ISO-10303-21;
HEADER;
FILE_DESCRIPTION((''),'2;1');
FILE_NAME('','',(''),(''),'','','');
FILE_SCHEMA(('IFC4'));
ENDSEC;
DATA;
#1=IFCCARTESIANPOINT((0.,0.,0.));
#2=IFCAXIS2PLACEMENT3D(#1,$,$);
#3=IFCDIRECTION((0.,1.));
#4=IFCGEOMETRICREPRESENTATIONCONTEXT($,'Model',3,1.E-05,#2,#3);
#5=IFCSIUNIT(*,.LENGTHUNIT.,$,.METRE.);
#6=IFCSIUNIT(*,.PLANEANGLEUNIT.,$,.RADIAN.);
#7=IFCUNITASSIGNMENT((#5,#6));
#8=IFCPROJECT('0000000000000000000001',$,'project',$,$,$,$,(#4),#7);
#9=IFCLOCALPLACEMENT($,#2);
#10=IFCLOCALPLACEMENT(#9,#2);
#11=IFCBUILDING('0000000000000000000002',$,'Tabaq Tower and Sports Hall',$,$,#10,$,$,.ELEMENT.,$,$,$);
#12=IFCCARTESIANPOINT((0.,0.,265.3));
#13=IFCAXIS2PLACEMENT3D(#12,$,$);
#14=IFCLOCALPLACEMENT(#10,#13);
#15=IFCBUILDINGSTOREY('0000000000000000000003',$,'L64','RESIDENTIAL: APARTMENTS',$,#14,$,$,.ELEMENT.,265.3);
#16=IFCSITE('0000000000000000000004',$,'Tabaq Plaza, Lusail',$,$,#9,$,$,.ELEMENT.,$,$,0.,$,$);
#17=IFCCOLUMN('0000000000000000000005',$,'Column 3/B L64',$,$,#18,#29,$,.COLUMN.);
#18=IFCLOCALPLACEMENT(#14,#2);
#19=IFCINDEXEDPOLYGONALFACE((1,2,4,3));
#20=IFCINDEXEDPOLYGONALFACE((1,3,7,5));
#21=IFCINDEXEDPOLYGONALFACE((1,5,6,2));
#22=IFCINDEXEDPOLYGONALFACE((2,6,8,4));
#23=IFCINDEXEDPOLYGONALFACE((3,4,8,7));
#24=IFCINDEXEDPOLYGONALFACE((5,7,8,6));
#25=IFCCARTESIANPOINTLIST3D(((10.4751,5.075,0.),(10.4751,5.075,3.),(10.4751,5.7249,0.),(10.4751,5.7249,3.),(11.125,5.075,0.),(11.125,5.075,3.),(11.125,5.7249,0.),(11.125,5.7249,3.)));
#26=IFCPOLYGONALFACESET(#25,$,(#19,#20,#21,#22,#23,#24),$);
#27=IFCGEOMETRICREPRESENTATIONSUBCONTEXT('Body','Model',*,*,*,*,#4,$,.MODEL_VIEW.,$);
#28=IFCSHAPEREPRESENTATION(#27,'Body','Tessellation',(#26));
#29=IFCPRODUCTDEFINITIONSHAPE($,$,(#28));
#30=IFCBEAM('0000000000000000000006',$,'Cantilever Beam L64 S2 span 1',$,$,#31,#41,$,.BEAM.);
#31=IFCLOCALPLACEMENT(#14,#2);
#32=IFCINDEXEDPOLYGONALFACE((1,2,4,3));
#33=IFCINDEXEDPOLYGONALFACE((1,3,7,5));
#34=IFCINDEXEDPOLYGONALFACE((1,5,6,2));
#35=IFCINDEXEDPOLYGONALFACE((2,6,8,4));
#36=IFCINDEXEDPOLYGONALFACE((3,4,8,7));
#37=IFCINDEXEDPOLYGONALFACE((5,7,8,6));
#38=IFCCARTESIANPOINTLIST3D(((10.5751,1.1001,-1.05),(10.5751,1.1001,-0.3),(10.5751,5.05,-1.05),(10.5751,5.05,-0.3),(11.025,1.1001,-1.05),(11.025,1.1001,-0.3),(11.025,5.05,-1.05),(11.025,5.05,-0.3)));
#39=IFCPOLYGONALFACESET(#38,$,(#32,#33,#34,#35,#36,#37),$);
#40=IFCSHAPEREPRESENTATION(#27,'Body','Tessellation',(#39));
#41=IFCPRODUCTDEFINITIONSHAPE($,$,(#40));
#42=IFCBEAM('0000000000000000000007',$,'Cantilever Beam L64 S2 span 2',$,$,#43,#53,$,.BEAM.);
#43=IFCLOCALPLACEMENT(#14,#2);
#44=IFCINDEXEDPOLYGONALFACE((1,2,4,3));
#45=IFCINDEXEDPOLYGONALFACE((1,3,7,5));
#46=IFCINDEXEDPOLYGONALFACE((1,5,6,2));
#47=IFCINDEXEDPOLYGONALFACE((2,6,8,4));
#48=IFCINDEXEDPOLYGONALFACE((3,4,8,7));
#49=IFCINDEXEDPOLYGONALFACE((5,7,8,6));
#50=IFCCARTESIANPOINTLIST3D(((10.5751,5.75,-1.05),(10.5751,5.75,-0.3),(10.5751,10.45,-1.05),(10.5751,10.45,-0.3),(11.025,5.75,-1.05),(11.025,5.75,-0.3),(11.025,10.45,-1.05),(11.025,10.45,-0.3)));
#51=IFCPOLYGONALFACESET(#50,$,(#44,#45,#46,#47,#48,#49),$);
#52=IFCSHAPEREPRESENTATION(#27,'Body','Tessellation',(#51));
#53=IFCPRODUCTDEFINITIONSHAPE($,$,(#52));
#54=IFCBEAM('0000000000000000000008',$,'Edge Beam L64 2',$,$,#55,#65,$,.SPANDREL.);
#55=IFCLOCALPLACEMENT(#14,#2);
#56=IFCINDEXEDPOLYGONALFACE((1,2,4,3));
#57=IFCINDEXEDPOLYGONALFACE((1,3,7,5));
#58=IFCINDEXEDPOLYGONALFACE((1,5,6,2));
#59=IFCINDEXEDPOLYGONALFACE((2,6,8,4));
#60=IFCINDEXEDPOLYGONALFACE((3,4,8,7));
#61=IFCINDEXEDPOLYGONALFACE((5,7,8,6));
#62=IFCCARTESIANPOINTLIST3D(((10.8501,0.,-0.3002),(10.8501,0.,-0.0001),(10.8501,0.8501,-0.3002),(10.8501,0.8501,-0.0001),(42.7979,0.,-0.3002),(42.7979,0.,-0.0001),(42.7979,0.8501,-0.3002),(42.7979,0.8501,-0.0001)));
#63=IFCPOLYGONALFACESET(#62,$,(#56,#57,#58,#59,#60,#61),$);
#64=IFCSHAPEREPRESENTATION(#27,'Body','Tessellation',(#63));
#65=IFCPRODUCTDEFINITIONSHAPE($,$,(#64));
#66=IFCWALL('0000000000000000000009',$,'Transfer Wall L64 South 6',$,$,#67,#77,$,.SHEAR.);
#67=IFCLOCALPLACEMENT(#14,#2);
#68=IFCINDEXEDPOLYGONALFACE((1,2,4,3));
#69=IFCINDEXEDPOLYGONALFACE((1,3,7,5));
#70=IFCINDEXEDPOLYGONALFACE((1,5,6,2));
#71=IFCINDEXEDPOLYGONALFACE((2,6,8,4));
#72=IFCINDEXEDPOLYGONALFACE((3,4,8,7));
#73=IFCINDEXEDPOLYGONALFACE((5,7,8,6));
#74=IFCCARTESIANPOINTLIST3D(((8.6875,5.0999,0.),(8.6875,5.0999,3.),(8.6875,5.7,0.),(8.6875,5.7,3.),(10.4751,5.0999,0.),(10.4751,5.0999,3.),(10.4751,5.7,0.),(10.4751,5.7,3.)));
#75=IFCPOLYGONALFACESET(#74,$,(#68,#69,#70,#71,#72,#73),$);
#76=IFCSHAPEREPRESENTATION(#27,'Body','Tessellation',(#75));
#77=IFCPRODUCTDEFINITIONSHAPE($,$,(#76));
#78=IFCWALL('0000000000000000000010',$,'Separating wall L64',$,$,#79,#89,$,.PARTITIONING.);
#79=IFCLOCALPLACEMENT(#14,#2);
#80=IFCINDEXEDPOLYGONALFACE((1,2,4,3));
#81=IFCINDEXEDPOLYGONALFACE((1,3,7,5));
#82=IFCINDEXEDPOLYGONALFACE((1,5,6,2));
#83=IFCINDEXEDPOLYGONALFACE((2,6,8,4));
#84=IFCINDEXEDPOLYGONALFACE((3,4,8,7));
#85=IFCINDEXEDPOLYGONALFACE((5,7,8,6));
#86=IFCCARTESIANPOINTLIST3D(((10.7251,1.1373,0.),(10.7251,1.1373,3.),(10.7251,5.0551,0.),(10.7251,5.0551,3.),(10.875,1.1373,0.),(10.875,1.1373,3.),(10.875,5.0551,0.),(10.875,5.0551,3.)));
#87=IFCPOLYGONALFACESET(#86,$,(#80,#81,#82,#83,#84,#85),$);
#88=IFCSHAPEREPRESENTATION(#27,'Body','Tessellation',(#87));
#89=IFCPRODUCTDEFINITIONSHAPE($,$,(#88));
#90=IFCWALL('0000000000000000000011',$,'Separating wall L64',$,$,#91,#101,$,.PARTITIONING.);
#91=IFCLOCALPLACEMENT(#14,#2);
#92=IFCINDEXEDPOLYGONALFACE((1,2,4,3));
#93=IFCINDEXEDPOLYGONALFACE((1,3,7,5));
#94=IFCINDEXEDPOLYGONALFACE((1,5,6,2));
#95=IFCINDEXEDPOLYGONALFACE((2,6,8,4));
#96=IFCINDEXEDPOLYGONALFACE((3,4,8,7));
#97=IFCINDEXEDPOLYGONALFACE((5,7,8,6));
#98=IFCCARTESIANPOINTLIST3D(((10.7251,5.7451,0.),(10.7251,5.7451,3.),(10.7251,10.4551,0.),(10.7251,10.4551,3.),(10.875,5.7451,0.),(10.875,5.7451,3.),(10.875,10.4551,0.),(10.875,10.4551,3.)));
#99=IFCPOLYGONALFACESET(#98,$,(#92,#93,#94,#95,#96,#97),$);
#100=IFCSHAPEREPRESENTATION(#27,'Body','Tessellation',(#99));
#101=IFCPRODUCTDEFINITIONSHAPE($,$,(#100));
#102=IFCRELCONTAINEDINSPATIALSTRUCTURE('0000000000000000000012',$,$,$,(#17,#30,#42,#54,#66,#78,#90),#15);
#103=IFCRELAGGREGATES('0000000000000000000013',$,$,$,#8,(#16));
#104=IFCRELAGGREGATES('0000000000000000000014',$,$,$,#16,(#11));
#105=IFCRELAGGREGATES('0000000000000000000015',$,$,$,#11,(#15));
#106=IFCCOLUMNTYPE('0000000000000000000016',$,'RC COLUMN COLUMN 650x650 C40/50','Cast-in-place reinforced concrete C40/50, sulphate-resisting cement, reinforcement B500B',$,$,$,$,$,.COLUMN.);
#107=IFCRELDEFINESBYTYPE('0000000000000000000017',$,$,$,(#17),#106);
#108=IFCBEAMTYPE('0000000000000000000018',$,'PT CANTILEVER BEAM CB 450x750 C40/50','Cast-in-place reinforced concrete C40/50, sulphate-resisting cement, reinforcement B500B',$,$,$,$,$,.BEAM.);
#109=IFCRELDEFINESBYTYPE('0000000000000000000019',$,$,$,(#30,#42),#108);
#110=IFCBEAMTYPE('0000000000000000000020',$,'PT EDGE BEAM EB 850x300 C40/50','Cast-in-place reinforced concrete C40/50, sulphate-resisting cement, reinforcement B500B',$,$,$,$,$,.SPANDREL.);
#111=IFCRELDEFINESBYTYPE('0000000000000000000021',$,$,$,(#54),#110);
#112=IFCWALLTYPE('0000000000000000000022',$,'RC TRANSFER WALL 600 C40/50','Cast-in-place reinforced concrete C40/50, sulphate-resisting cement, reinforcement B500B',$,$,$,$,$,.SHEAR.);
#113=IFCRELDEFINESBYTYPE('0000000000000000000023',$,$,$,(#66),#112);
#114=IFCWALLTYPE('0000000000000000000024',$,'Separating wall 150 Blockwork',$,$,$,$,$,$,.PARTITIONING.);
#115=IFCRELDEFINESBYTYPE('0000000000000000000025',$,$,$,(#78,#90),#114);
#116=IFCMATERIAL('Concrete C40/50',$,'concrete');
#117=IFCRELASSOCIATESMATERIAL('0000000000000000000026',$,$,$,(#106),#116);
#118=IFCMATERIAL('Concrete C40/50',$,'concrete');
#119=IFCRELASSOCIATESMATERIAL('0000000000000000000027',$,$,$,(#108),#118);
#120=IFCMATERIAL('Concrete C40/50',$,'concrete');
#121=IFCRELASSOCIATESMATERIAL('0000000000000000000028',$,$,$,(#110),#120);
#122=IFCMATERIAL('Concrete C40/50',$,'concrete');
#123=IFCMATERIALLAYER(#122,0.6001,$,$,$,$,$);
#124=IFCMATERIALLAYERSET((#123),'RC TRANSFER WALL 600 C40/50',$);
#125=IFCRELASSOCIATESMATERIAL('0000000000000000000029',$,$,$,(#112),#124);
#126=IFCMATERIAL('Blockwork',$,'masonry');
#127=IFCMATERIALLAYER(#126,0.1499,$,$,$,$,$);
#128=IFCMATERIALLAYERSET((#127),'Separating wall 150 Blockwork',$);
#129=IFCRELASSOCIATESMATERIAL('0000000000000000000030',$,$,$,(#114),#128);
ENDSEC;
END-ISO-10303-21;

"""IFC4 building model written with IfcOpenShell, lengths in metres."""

from ifc_helpers import new_model, si_unit, direction, frame, frame_2d, origin, origin_2d, place, context, subcontext, project, spatial, rectangle, extrude, material, layer, layer_set, material_profile, profile_set, type_object, element, save


model = new_model("IFC4")

# Units and contexts
model_context = context("Model", 3, precision=1e-05, world=origin(), true_north=direction((0.0, 1.0)))
body_context = subcontext(model_context, "Body", "Model", "MODEL_VIEW")
ifc_project = project(units=[si_unit("LENGTHUNIT", "METRE"), si_unit("PLANEANGLEUNIT", "RADIAN")], contexts=[model_context])

# Site, building, storey
site_placement = place(None, origin())
site = spatial("IfcSite", under=ifc_project, at=site_placement, Name="Tabaq Plaza, Lusail", CompositionType="ELEMENT", RefElevation=0.0)
building_placement = place(site_placement, origin())
building = spatial("IfcBuilding", under=site, at=building_placement, Name="Tabaq Tower and Sports Hall", CompositionType="ELEMENT")
storey_placement = place(building_placement, frame((0.0, 0.0, 265.3)))
storey = spatial("IfcBuildingStorey", under=building, at=storey_placement, Name="L64", Description="RESIDENTIAL: APARTMENTS", CompositionType="ELEMENT", Elevation=265.3)

# Column
ifc_material_1 = material(Name="Concrete C40/50", Category="concrete")
ifc_material_profile_1 = material_profile(ifc_material_1, rectangle(XDim=0.6499, YDim=0.6499, at=origin_2d()), Name="COLUMN 650x650")
ifc_profile_set_1 = profile_set([ifc_material_profile_1], Name="Concrete C40/50")
column_type = type_object("IfcColumnType", Name="RC COLUMN COLUMN 650x650 C40/50", Description="Cast-in-place reinforced concrete C40/50, sulphate-resisting cement, reinforcement B500B", PredefinedType="COLUMN", material=ifc_profile_set_1)
column_placement = place(storey_placement, frame((10.8, 5.3999, 0.0), z_axis=(0.0, 0.0, 1.0), x_axis=(1.0, 0.0, 0.0)))
element("IfcColumn", 1, at=column_placement, inside=storey, type_object=column_type, Name="Column 3/B L64", PredefinedType="COLUMN", context=body_context, shape_type="SweptSolid", body=[
    extrude(rectangle(XDim=0.6499, YDim=0.6499, at=origin_2d()), origin(), (0.0, 0.0, 1.0), 3.0),
])

# Beams
ifc_material_2 = material(Name="Concrete C40/50", Category="concrete")
ifc_material_profile_2 = material_profile(ifc_material_2, rectangle(XDim=0.45, YDim=0.75, at=origin_2d()), Name="CB 450x750")
ifc_profile_set_2 = profile_set([ifc_material_profile_2], Name="Concrete C40/50")
beam_type_1 = type_object("IfcBeamType", Name="PT CANTILEVER BEAM CB 450x750 C40/50", Description="Cast-in-place reinforced concrete C40/50, sulphate-resisting cement, reinforcement B500B", PredefinedType="BEAM", material=ifc_profile_set_2)
beam_1_placement = place(storey_placement, frame((10.8, 1.1001, -0.675), z_axis=(0.0, 1.0, 0.0), x_axis=(-1.0, 0.0, 0.0)))
element("IfcBeam", 2, at=beam_1_placement, inside=storey, type_object=beam_type_1, Name="Cantilever Beam L64 S2 span 1", PredefinedType="BEAM", context=body_context, shape_type="SweptSolid", body=[
    extrude(rectangle(XDim=0.45, YDim=0.75, at=origin_2d()), origin(), (0.0, 0.0, 1.0), 3.95),
])
beam_2_placement = place(storey_placement, frame((10.8, 5.75, -0.675), z_axis=(0.0, 1.0, 0.0), x_axis=(-1.0, 0.0, 0.0)))
element("IfcBeam", 3, at=beam_2_placement, inside=storey, type_object=beam_type_1, Name="Cantilever Beam L64 S2 span 2", PredefinedType="BEAM", context=body_context, shape_type="SweptSolid", body=[
    extrude(rectangle(XDim=0.45, YDim=0.75, at=origin_2d()), origin(), (0.0, 0.0, 1.0), 4.7),
])
ifc_material_3 = material(Name="Concrete C40/50", Category="concrete")
ifc_material_profile_3 = material_profile(ifc_material_3, rectangle(XDim=0.8501, YDim=0.3, at=origin_2d()), Name="EB 850x300")
ifc_profile_set_3 = profile_set([ifc_material_profile_3], Name="Concrete C40/50")
beam_type_2 = type_object("IfcBeamType", Name="PT EDGE BEAM EB 850x300 C40/50", Description="Cast-in-place reinforced concrete C40/50, sulphate-resisting cement, reinforcement B500B", PredefinedType="SPANDREL", material=ifc_profile_set_3)
beam_3_placement = place(storey_placement, frame((10.8501, 0.425, -0.1501), z_axis=(1.0, 0.0, 0.0), x_axis=(0.0, 1.0, 0.0)))
element("IfcBeam", 4, at=beam_3_placement, inside=storey, type_object=beam_type_2, Name="Edge Beam L64 2", PredefinedType="SPANDREL", context=body_context, shape_type="SweptSolid", body=[
    extrude(rectangle(XDim=0.8501, YDim=0.3, at=origin_2d()), origin(), (0.0, 0.0, 1.0), 31.9478),
])

# Walls
ifc_material_4 = material(Name="Concrete C40/50", Category="concrete")
ifc_layer_1 = layer(ifc_material_4, 0.6001)
ifc_layer_set_1 = layer_set([ifc_layer_1], Name="RC TRANSFER WALL 600 C40/50")
wall_type_1 = type_object("IfcWallType", Name="RC TRANSFER WALL 600 C40/50", Description="Cast-in-place reinforced concrete C40/50, sulphate-resisting cement, reinforcement B500B", PredefinedType="SHEAR", material=ifc_layer_set_1)
wall_1_placement = place(storey_placement, frame((8.6875, 5.3999, 0.0), z_axis=(0.0, 0.0, 1.0), x_axis=(1.0, 0.0, 0.0)))
element("IfcWall", 5, at=wall_1_placement, inside=storey, type_object=wall_type_1, Name="Transfer Wall L64 South 6", PredefinedType="SHEAR", context=body_context, shape_type="SweptSolid", body=[
    extrude(rectangle(XDim=1.7876, YDim=0.6001, at=frame_2d((0.8938, 0.0))), origin(), (0.0, 0.0, 1.0), 3.0),
])
ifc_material_5 = material(Name="Blockwork", Category="masonry")
ifc_layer_2 = layer(ifc_material_5, 0.1499)
ifc_layer_set_2 = layer_set([ifc_layer_2], Name="Separating wall 150 Blockwork")
wall_type_2 = type_object("IfcWallType", Name="Separating wall 150 Blockwork", PredefinedType="PARTITIONING", material=ifc_layer_set_2)
wall_2_placement = place(storey_placement, frame((10.8, 1.1372, 0.0), z_axis=(0.0, 0.0, 1.0), x_axis=(0.0, 1.0, 0.0)))
element("IfcWall", 6, at=wall_2_placement, inside=storey, type_object=wall_type_2, Name="Separating wall L64", PredefinedType="PARTITIONING", context=body_context, shape_type="SweptSolid", body=[
    extrude(rectangle(XDim=3.9177, YDim=0.1499, at=frame_2d((1.959, 0.0))), origin(), (0.0, 0.0, 1.0), 3.0),
])
wall_3_placement = place(storey_placement, frame((10.8, 5.7451, 0.0), z_axis=(0.0, 0.0, 1.0), x_axis=(0.0, 1.0, 0.0)))
element("IfcWall", 7, at=wall_3_placement, inside=storey, type_object=wall_type_2, Name="Separating wall L64", PredefinedType="PARTITIONING", context=body_context, shape_type="SweptSolid", body=[
    extrude(rectangle(XDim=4.71, YDim=0.1499, at=frame_2d((2.355, 0.0))), origin(), (0.0, 0.0, 1.0), 3.0),
])

save(model, "model.ifc")
